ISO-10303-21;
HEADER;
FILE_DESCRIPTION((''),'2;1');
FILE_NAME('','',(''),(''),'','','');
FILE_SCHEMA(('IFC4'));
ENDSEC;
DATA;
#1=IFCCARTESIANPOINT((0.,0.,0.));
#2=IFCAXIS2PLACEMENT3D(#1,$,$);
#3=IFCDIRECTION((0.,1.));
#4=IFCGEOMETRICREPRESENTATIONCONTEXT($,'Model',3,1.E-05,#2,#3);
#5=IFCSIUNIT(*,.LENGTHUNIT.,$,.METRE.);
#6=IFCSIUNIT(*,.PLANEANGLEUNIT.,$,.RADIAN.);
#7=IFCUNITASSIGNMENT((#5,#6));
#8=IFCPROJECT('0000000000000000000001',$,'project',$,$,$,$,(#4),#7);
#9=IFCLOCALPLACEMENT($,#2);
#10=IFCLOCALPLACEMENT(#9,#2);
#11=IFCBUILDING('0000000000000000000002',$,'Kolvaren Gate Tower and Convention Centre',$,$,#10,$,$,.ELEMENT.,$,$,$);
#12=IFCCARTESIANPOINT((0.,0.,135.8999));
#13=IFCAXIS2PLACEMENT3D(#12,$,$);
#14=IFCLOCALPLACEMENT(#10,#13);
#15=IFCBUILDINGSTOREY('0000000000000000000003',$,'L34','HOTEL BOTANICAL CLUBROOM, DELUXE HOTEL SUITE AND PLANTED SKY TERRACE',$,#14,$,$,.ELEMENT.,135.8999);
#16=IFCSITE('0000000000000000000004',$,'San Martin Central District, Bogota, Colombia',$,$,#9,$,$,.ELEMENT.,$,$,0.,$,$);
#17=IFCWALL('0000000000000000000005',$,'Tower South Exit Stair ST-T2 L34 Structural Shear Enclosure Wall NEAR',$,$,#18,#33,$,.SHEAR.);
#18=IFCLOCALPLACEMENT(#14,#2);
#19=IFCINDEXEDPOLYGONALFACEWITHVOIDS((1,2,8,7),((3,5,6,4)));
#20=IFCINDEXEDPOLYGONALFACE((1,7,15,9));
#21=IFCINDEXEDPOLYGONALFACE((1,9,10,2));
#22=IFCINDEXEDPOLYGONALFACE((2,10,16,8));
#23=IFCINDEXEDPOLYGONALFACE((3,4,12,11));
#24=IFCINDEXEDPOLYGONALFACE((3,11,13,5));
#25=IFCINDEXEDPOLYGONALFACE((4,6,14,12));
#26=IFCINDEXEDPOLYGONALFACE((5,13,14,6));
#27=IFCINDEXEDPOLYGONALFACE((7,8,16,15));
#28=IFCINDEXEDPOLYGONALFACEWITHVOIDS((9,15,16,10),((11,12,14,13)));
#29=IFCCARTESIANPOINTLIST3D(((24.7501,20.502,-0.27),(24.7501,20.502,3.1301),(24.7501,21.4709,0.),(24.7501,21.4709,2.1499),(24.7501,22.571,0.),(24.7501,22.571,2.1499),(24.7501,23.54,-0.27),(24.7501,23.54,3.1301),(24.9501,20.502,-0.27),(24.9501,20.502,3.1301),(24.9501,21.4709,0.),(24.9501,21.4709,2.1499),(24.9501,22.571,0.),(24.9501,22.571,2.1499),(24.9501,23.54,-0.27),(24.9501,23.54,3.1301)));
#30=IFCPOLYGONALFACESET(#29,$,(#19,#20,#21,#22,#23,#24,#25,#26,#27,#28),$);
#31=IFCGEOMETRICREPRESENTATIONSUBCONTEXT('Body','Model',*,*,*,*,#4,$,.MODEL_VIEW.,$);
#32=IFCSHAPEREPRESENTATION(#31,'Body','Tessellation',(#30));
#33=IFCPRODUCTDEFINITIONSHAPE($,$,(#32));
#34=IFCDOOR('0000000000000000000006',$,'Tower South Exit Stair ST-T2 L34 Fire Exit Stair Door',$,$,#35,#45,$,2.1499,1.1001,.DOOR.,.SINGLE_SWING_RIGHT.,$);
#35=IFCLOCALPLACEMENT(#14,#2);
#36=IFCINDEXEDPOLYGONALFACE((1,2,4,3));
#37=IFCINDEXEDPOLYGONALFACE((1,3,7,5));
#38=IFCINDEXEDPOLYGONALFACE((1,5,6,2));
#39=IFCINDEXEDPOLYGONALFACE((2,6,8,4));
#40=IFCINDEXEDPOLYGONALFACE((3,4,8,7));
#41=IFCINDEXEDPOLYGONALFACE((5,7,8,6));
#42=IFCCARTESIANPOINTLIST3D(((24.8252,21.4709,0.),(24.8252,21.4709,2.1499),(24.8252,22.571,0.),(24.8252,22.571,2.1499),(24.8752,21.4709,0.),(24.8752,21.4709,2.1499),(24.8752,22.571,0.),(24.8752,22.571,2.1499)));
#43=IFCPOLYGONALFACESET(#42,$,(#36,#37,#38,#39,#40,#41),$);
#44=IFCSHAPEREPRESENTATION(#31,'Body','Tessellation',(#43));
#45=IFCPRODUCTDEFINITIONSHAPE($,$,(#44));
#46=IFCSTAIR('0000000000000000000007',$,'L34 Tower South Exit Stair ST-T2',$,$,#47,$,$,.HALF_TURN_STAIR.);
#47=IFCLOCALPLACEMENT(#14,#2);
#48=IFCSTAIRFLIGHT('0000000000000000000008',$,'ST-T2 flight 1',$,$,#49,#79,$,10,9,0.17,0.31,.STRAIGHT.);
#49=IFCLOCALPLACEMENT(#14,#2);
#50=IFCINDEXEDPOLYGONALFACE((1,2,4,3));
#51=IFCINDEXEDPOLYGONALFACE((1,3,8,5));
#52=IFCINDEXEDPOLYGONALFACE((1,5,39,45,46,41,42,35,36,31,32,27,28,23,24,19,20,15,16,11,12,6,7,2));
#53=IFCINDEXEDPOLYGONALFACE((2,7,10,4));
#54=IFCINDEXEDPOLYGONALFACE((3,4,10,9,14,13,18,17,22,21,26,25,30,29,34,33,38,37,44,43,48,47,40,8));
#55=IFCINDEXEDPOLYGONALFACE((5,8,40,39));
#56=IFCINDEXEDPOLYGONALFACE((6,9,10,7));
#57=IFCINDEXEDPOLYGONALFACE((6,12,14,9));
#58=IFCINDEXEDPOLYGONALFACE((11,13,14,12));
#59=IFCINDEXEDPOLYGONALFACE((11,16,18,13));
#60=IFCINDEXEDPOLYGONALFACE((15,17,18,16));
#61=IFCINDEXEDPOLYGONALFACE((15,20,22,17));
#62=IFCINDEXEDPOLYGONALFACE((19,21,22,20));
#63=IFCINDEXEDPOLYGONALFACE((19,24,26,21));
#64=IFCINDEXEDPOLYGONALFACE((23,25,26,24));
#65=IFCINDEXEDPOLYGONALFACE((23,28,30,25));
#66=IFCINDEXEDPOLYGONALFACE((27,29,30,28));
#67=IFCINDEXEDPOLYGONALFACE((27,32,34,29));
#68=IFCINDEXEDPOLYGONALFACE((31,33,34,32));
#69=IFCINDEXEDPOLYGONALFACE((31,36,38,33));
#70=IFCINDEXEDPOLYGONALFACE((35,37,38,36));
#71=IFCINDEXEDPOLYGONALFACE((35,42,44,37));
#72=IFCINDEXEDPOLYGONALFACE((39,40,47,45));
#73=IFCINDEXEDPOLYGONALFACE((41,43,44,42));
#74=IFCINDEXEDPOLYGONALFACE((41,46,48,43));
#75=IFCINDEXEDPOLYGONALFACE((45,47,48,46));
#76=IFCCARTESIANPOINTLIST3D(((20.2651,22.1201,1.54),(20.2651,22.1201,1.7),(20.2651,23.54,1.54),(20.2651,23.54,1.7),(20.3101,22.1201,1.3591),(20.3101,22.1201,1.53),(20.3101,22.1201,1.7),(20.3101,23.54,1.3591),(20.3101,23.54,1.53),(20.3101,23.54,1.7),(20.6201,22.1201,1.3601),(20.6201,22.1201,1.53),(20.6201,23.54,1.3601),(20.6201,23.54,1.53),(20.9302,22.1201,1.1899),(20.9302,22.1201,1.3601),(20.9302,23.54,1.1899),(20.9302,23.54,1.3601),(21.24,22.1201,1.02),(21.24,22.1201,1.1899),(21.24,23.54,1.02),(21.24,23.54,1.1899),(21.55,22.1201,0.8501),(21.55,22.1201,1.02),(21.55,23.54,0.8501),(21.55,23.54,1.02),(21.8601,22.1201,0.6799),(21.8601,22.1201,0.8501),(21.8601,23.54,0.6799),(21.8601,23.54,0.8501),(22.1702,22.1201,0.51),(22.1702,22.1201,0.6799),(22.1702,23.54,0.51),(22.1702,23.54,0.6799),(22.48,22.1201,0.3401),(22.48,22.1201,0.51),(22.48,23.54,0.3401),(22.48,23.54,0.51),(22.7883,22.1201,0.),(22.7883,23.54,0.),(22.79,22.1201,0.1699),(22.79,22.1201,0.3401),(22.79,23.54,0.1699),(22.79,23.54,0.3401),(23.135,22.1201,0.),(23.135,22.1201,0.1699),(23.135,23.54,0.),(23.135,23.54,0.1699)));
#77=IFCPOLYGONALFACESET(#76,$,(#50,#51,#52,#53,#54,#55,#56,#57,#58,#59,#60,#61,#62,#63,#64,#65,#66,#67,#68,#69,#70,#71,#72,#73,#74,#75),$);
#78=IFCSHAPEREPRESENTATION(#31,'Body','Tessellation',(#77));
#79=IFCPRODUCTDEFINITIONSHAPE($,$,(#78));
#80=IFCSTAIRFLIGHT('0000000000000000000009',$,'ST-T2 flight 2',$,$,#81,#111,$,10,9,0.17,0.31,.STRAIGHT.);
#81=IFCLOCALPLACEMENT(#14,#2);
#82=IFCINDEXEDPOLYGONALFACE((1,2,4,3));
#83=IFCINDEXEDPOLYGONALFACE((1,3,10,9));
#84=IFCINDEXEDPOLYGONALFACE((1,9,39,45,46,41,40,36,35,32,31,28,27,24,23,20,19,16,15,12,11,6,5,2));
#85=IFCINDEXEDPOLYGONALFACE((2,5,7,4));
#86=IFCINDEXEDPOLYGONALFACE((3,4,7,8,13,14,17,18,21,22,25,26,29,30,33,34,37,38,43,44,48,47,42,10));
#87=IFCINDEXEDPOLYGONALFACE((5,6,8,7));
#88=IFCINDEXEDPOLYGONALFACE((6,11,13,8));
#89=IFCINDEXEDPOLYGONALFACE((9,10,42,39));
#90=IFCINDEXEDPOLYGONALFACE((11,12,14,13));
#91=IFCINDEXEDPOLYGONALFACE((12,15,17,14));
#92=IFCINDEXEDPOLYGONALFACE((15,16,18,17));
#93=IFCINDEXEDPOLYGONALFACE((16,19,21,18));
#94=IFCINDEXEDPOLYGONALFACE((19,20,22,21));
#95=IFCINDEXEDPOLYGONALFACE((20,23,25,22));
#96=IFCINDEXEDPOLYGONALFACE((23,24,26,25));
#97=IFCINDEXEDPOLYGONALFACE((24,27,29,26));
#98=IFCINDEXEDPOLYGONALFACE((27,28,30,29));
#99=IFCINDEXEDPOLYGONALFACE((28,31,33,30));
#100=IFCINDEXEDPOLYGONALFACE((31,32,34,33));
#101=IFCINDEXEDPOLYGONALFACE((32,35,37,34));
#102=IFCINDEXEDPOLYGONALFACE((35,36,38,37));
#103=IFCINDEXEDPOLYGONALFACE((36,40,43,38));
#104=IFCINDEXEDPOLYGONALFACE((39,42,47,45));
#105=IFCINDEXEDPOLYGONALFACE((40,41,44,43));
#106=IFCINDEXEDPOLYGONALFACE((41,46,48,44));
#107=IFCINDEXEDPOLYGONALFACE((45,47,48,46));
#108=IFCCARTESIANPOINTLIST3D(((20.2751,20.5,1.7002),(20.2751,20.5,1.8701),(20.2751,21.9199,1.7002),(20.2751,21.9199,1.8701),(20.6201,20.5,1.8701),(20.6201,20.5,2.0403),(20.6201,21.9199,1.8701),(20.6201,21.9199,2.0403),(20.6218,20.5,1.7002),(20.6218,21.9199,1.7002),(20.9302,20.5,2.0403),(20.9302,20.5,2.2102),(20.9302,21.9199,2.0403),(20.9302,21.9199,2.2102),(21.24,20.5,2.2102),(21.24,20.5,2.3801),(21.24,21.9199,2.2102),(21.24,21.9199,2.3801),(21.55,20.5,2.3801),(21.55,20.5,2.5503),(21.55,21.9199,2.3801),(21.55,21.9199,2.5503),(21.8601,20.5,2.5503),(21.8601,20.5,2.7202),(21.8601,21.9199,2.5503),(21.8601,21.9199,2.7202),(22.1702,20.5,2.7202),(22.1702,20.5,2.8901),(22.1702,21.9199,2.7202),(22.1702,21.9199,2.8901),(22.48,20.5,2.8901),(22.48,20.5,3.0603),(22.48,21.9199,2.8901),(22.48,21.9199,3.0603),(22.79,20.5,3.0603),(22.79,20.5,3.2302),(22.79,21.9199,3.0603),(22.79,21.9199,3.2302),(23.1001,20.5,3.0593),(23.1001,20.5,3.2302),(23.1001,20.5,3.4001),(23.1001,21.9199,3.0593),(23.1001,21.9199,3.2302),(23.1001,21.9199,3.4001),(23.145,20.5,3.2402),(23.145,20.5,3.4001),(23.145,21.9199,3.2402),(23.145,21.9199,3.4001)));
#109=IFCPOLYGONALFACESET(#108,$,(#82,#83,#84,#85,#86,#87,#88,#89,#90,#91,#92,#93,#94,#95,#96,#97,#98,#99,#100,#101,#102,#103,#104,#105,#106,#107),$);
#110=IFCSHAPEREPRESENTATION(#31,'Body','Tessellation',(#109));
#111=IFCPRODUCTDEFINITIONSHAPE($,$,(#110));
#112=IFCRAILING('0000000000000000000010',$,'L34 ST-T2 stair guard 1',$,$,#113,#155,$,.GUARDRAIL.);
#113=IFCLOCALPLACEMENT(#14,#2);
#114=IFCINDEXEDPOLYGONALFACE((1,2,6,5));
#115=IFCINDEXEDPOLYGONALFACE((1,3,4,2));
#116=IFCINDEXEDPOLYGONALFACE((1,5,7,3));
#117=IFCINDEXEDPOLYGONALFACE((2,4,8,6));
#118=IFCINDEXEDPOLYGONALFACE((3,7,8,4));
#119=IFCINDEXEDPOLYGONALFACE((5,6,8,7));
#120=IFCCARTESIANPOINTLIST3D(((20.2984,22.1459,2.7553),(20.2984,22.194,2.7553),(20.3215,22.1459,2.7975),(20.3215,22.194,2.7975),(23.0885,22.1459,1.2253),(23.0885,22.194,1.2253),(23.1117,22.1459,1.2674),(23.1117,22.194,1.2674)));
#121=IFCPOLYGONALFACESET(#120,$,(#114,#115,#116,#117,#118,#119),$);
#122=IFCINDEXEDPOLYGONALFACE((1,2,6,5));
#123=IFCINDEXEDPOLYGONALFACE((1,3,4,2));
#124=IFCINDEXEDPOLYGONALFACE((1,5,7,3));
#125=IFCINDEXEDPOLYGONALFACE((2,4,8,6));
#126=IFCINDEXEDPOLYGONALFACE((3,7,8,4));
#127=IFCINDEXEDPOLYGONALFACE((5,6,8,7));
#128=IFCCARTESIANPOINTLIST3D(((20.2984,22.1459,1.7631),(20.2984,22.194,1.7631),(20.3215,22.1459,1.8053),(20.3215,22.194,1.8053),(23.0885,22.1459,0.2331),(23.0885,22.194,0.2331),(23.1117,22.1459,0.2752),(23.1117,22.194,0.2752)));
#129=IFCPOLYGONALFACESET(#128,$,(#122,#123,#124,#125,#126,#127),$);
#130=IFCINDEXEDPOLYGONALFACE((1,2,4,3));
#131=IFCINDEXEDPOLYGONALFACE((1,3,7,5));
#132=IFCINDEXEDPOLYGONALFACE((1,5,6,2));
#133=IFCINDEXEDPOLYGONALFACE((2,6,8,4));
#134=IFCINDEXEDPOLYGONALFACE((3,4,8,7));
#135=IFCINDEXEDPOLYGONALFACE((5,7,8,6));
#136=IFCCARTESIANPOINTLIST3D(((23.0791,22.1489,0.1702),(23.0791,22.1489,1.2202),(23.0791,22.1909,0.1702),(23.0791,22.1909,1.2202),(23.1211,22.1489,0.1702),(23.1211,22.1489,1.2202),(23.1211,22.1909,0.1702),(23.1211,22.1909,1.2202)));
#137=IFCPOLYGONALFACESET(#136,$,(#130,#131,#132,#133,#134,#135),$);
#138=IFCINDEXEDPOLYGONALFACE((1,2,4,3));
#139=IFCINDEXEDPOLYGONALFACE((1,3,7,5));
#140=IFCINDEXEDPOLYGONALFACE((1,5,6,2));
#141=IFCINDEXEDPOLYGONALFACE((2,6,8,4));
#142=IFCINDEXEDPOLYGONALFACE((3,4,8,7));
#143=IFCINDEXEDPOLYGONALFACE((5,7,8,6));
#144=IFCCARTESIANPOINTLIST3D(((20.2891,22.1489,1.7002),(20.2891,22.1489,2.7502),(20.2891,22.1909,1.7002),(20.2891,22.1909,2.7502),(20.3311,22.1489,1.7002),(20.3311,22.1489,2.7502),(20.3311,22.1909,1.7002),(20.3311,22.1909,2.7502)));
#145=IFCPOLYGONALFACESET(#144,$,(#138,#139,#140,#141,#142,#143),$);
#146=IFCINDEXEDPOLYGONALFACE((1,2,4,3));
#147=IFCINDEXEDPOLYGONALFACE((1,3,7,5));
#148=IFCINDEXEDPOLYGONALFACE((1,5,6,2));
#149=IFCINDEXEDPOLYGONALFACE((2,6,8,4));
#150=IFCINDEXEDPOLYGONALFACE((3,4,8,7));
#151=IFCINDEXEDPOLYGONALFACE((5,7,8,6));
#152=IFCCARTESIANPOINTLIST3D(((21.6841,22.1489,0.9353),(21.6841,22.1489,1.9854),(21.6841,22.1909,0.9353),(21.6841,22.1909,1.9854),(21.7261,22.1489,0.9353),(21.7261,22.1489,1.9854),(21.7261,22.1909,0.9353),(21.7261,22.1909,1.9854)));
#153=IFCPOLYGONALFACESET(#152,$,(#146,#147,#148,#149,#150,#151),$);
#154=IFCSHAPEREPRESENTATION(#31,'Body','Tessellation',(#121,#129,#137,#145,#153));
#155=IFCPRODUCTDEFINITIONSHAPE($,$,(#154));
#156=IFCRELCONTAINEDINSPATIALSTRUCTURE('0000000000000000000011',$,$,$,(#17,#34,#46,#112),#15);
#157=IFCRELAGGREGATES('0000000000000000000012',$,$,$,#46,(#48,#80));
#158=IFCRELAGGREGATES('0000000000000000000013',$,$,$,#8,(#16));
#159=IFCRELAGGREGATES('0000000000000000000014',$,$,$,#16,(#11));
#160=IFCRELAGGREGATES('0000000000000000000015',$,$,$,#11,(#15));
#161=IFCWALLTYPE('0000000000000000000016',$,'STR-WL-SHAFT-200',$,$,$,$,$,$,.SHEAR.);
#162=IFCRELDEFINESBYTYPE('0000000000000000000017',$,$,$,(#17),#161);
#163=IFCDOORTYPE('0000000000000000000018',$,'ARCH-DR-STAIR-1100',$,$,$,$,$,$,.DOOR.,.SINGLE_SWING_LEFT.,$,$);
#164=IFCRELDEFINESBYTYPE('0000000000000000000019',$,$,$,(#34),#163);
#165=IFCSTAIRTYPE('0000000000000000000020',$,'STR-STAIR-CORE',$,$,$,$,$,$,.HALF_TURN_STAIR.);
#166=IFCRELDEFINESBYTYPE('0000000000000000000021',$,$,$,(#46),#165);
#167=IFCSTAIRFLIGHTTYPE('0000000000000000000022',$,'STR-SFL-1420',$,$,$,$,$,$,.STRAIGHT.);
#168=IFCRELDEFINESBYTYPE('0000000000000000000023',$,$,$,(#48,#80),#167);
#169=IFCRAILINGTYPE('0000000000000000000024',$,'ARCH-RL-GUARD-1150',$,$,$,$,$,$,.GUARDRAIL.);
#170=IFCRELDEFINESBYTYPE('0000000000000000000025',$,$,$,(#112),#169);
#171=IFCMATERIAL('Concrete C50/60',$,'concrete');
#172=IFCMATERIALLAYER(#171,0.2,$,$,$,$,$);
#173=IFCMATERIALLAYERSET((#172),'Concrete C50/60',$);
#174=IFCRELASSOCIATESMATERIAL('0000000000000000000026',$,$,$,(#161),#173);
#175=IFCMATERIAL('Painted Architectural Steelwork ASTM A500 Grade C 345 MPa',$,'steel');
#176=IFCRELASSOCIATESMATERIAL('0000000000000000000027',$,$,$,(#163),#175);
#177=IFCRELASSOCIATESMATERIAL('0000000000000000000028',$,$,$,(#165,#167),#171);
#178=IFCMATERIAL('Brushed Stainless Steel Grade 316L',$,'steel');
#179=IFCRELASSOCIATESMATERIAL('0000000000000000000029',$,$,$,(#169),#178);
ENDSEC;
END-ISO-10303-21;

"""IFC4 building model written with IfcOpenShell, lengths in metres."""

from ifc_helpers import new_model, si_unit, direction, frame, frame_2d, origin, origin_2d, place, context, subcontext, project, spatial, polyline, rectangle, outline, extrude, material, layer, layer_set, type_object, element, fill, aggregate, save


model = new_model("IFC4")

# Units and contexts
model_context = context("Model", 3, precision=1e-05, world=origin(), true_north=direction((0.0, 1.0)))
body_context = subcontext(model_context, "Body", "Model", "MODEL_VIEW")
ifc_project = project(units=[si_unit("LENGTHUNIT", "METRE"), si_unit("PLANEANGLEUNIT", "RADIAN")], contexts=[model_context])

# Site, building, storey
site_placement = place(None, origin())
site = spatial("IfcSite", under=ifc_project, at=site_placement, Name="San Martin Central District, Bogota, Colombia", CompositionType="ELEMENT", RefElevation=0.0)
building_placement = place(site_placement, origin())
building = spatial("IfcBuilding", under=site, at=building_placement, Name="Kolvaren Gate Tower and Convention Centre", CompositionType="ELEMENT")
storey_placement = place(building_placement, frame((0.0, 0.0, 135.8999)))
storey = spatial("IfcBuildingStorey", under=building, at=storey_placement, Name="L34", Description="HOTEL BOTANICAL CLUBROOM, DELUXE HOTEL SUITE AND PLANTED SKY TERRACE", CompositionType="ELEMENT", Elevation=135.8999)

# Shared definitions
ifc_material_1 = material(Name="Painted Architectural Steelwork ASTM A500 Grade C 345 MPa", Category="steel")

# Shared definitions
ifc_material_2 = material(Name="Brushed Stainless Steel Grade 316L", Category="steel")

# Wall, opening, door
ifc_material_3 = material(Name="Concrete C50/60", Category="concrete")
ifc_layer_1 = layer(ifc_material_3, 0.2)
ifc_layer_set_1 = layer_set([ifc_layer_1], Name="Concrete C50/60")
wall_type_1 = type_object("IfcWallType", Name="STR-WL-SHAFT-200", PredefinedType="SHEAR", material=ifc_layer_set_1)
wall_1_placement = place(storey_placement, frame((24.8501, 20.502, -0.27), z_axis=(0.0, 0.0, 1.0), x_axis=(0.0, 1.0, 0.0)))
wall_1 = element("IfcWall", 1, at=wall_1_placement, inside=storey, type_object=wall_type_1, Name="Tower South Exit Stair ST-T2 L34 Structural Shear Enclosure Wall NEAR", PredefinedType="SHEAR", context=body_context, shape_type="SweptSolid", body=[
    extrude(rectangle(XDim=3.0381, YDim=0.2, at=frame_2d((1.519, 0.0))), origin(), (0.0, 0.0, 1.0), 3.4001),
])
opening_1_placement = place(wall_1_placement, frame((0.969, 0.0, 0.27)))
opening_1 = element("IfcOpeningElement", 2, at=opening_1_placement, cuts=wall_1, PredefinedType="OPENING", context=body_context, shape_type="SweptSolid", body=[
    extrude(rectangle(XDim=1.1001, YDim=2.1499, at=frame_2d((0.55, 1.075))), frame((0.0, 0.1099, 0.0), z_axis=(0.0, -1.0, 0.0), x_axis=(1.0, 0.0, 0.0)), (0.0, 0.0, 1.0), 0.22),
])
door_type_1 = type_object("IfcDoorType", Name="ARCH-DR-STAIR-1100", OperationType="SINGLE_SWING_LEFT", PredefinedType="DOOR", material=ifc_material_1)
door_1_placement = place(opening_1_placement, origin())
door_1 = element("IfcDoor", 3, at=door_1_placement, inside=storey, type_object=door_type_1, Name="Tower South Exit Stair ST-T2 L34 Fire Exit Stair Door", OperationType="SINGLE_SWING_RIGHT", OverallHeight=2.1499, OverallWidth=1.1001, PredefinedType="DOOR", context=body_context, shape_type="SweptSolid", body=[
    extrude(rectangle(XDim=1.1001, YDim=2.1499, at=frame_2d((0.55, 1.075))), frame((0.0, 0.0249, 0.0), z_axis=(0.0, -1.0, 0.0), x_axis=(1.0, 0.0, 0.0)), (0.0, 0.0, 1.0), 0.05),
])
fill(opening_1, door_1)

# Stair, stair flights
stair_type = type_object("IfcStairType", Name="STR-STAIR-CORE", PredefinedType="HALF_TURN_STAIR", material=ifc_material_3)
stair_placement = place(storey_placement, origin())
stair = element("IfcStair", 4, at=stair_placement, inside=storey, type_object=stair_type, Name="L34 Tower South Exit Stair ST-T2", PredefinedType="HALF_TURN_STAIR")
stair_flight_type = type_object("IfcStairFlightType", Name="STR-SFL-1420", PredefinedType="STRAIGHT", material=ifc_material_3)
stair_flight_1_placement = place(storey_placement, frame((23.1001, 22.8301, 0.0), z_axis=(0.0, 0.0, 1.0), x_axis=(-1.0, 0.0, 0.0)))
stair_flight_1 = element("IfcStairFlight", 5, at=stair_flight_1_placement, type_object=stair_flight_type, Name="ST-T2 flight 1", NumberOfRisers=10, NumberOfTreads=9, PredefinedType="STRAIGHT", RiserHeight=0.17, TreadLength=0.31, context=body_context, shape_type="SweptSolid", body=[
    extrude(outline(polyline([(-0.0349, 0.0), (-0.0349, 0.1699), (0.3101, 0.1699), (0.3101, 0.3401), (0.6201, 0.3401), (0.6201, 0.51), (0.9299, 0.51), (0.9299, 0.6799), (1.24, 0.6799), (1.24, 0.8501), (1.55, 0.8501), (1.55, 1.02), (1.8601, 1.02), (1.8601, 1.1899), (2.1699, 1.1899), (2.1699, 1.3601), (2.48, 1.3601), (2.48, 1.53), (2.79, 1.53), (2.79, 1.7), (2.835, 1.7), (2.835, 1.54), (2.79, 1.3591), (0.3118, 0.0), (-0.0349, 0.0)])), frame((0.0, 0.71, 0.0), z_axis=(0.0, -1.0, 0.0), x_axis=(1.0, 0.0, 0.0)), (0.0, 0.0, 1.0), 1.4199),
])
stair_flight_2_placement = place(storey_placement, frame((20.3101, 21.21, 1.7002), z_axis=(0.0, 0.0, 1.0), x_axis=(1.0, 0.0, 0.0)))
stair_flight_2 = element("IfcStairFlight", 6, at=stair_flight_2_placement, type_object=stair_flight_type, Name="ST-T2 flight 2", NumberOfRisers=10, NumberOfTreads=9, PredefinedType="STRAIGHT", RiserHeight=0.17, TreadLength=0.31, context=body_context, shape_type="SweptSolid", body=[
    extrude(outline(polyline([(-0.0349, 0.0), (-0.0349, 0.1699), (0.3101, 0.1699), (0.3101, 0.3401), (0.6201, 0.3401), (0.6201, 0.51), (0.9299, 0.51), (0.9299, 0.6799), (1.24, 0.6799), (1.24, 0.8501), (1.55, 0.8501), (1.55, 1.02), (1.8601, 1.02), (1.8601, 1.1899), (2.1699, 1.1899), (2.1699, 1.3601), (2.48, 1.3601), (2.48, 1.53), (2.79, 1.53), (2.79, 1.7), (2.835, 1.7), (2.835, 1.54), (2.79, 1.3591), (0.3118, 0.0), (-0.0349, 0.0)])), frame((0.0, 0.71, 0.0), z_axis=(0.0, -1.0, 0.0), x_axis=(1.0, 0.0, 0.0)), (0.0, 0.0, 1.0), 1.4199),
])
aggregate(stair, [stair_flight_1, stair_flight_2])

# Railing
railing_type_1 = type_object("IfcRailingType", Name="ARCH-RL-GUARD-1150", PredefinedType="GUARDRAIL", material=ifc_material_2)
railing_1_placement = place(storey_placement, frame((23.1001, 22.1699, 0.1702)))
element("IfcRailing", 7, at=railing_1_placement, inside=storey, type_object=railing_type_1, Name="L34 ST-T2 stair guard 1", PredefinedType="GUARDRAIL", context=body_context, shape_type="SweptSolid", body=[
    extrude(rectangle(XDim=0.0481, YDim=0.0481, at=origin_2d()), frame((0.0, 0.0, 1.0762), z_axis=(-0.876811, 0.0, 0.480835), x_axis=(0.0, -1.0, 0.0)), (0.0, 0.0, 1.0), 3.1821),
    extrude(rectangle(XDim=0.0481, YDim=0.0481, at=origin_2d()), frame((0.0, 0.0, 0.084), z_axis=(-0.876811, 0.0, 0.480835), x_axis=(0.0, -1.0, 0.0)), (0.0, 0.0, 1.0), 3.1821),
    extrude(rectangle(XDim=0.042, YDim=0.042, at=origin_2d()), origin(), (0.0, 0.0, 1.0), 1.05),
    extrude(rectangle(XDim=0.042, YDim=0.042, at=origin_2d()), frame((-2.79, 0.0, 1.53)), (0.0, 0.0, 1.0), 1.05),
    extrude(rectangle(XDim=0.042, YDim=0.042, at=origin_2d()), frame((-1.395, 0.0, 0.7651)), (0.0, 0.0, 1.0), 1.05),
])

save(model, "model.ifc")
